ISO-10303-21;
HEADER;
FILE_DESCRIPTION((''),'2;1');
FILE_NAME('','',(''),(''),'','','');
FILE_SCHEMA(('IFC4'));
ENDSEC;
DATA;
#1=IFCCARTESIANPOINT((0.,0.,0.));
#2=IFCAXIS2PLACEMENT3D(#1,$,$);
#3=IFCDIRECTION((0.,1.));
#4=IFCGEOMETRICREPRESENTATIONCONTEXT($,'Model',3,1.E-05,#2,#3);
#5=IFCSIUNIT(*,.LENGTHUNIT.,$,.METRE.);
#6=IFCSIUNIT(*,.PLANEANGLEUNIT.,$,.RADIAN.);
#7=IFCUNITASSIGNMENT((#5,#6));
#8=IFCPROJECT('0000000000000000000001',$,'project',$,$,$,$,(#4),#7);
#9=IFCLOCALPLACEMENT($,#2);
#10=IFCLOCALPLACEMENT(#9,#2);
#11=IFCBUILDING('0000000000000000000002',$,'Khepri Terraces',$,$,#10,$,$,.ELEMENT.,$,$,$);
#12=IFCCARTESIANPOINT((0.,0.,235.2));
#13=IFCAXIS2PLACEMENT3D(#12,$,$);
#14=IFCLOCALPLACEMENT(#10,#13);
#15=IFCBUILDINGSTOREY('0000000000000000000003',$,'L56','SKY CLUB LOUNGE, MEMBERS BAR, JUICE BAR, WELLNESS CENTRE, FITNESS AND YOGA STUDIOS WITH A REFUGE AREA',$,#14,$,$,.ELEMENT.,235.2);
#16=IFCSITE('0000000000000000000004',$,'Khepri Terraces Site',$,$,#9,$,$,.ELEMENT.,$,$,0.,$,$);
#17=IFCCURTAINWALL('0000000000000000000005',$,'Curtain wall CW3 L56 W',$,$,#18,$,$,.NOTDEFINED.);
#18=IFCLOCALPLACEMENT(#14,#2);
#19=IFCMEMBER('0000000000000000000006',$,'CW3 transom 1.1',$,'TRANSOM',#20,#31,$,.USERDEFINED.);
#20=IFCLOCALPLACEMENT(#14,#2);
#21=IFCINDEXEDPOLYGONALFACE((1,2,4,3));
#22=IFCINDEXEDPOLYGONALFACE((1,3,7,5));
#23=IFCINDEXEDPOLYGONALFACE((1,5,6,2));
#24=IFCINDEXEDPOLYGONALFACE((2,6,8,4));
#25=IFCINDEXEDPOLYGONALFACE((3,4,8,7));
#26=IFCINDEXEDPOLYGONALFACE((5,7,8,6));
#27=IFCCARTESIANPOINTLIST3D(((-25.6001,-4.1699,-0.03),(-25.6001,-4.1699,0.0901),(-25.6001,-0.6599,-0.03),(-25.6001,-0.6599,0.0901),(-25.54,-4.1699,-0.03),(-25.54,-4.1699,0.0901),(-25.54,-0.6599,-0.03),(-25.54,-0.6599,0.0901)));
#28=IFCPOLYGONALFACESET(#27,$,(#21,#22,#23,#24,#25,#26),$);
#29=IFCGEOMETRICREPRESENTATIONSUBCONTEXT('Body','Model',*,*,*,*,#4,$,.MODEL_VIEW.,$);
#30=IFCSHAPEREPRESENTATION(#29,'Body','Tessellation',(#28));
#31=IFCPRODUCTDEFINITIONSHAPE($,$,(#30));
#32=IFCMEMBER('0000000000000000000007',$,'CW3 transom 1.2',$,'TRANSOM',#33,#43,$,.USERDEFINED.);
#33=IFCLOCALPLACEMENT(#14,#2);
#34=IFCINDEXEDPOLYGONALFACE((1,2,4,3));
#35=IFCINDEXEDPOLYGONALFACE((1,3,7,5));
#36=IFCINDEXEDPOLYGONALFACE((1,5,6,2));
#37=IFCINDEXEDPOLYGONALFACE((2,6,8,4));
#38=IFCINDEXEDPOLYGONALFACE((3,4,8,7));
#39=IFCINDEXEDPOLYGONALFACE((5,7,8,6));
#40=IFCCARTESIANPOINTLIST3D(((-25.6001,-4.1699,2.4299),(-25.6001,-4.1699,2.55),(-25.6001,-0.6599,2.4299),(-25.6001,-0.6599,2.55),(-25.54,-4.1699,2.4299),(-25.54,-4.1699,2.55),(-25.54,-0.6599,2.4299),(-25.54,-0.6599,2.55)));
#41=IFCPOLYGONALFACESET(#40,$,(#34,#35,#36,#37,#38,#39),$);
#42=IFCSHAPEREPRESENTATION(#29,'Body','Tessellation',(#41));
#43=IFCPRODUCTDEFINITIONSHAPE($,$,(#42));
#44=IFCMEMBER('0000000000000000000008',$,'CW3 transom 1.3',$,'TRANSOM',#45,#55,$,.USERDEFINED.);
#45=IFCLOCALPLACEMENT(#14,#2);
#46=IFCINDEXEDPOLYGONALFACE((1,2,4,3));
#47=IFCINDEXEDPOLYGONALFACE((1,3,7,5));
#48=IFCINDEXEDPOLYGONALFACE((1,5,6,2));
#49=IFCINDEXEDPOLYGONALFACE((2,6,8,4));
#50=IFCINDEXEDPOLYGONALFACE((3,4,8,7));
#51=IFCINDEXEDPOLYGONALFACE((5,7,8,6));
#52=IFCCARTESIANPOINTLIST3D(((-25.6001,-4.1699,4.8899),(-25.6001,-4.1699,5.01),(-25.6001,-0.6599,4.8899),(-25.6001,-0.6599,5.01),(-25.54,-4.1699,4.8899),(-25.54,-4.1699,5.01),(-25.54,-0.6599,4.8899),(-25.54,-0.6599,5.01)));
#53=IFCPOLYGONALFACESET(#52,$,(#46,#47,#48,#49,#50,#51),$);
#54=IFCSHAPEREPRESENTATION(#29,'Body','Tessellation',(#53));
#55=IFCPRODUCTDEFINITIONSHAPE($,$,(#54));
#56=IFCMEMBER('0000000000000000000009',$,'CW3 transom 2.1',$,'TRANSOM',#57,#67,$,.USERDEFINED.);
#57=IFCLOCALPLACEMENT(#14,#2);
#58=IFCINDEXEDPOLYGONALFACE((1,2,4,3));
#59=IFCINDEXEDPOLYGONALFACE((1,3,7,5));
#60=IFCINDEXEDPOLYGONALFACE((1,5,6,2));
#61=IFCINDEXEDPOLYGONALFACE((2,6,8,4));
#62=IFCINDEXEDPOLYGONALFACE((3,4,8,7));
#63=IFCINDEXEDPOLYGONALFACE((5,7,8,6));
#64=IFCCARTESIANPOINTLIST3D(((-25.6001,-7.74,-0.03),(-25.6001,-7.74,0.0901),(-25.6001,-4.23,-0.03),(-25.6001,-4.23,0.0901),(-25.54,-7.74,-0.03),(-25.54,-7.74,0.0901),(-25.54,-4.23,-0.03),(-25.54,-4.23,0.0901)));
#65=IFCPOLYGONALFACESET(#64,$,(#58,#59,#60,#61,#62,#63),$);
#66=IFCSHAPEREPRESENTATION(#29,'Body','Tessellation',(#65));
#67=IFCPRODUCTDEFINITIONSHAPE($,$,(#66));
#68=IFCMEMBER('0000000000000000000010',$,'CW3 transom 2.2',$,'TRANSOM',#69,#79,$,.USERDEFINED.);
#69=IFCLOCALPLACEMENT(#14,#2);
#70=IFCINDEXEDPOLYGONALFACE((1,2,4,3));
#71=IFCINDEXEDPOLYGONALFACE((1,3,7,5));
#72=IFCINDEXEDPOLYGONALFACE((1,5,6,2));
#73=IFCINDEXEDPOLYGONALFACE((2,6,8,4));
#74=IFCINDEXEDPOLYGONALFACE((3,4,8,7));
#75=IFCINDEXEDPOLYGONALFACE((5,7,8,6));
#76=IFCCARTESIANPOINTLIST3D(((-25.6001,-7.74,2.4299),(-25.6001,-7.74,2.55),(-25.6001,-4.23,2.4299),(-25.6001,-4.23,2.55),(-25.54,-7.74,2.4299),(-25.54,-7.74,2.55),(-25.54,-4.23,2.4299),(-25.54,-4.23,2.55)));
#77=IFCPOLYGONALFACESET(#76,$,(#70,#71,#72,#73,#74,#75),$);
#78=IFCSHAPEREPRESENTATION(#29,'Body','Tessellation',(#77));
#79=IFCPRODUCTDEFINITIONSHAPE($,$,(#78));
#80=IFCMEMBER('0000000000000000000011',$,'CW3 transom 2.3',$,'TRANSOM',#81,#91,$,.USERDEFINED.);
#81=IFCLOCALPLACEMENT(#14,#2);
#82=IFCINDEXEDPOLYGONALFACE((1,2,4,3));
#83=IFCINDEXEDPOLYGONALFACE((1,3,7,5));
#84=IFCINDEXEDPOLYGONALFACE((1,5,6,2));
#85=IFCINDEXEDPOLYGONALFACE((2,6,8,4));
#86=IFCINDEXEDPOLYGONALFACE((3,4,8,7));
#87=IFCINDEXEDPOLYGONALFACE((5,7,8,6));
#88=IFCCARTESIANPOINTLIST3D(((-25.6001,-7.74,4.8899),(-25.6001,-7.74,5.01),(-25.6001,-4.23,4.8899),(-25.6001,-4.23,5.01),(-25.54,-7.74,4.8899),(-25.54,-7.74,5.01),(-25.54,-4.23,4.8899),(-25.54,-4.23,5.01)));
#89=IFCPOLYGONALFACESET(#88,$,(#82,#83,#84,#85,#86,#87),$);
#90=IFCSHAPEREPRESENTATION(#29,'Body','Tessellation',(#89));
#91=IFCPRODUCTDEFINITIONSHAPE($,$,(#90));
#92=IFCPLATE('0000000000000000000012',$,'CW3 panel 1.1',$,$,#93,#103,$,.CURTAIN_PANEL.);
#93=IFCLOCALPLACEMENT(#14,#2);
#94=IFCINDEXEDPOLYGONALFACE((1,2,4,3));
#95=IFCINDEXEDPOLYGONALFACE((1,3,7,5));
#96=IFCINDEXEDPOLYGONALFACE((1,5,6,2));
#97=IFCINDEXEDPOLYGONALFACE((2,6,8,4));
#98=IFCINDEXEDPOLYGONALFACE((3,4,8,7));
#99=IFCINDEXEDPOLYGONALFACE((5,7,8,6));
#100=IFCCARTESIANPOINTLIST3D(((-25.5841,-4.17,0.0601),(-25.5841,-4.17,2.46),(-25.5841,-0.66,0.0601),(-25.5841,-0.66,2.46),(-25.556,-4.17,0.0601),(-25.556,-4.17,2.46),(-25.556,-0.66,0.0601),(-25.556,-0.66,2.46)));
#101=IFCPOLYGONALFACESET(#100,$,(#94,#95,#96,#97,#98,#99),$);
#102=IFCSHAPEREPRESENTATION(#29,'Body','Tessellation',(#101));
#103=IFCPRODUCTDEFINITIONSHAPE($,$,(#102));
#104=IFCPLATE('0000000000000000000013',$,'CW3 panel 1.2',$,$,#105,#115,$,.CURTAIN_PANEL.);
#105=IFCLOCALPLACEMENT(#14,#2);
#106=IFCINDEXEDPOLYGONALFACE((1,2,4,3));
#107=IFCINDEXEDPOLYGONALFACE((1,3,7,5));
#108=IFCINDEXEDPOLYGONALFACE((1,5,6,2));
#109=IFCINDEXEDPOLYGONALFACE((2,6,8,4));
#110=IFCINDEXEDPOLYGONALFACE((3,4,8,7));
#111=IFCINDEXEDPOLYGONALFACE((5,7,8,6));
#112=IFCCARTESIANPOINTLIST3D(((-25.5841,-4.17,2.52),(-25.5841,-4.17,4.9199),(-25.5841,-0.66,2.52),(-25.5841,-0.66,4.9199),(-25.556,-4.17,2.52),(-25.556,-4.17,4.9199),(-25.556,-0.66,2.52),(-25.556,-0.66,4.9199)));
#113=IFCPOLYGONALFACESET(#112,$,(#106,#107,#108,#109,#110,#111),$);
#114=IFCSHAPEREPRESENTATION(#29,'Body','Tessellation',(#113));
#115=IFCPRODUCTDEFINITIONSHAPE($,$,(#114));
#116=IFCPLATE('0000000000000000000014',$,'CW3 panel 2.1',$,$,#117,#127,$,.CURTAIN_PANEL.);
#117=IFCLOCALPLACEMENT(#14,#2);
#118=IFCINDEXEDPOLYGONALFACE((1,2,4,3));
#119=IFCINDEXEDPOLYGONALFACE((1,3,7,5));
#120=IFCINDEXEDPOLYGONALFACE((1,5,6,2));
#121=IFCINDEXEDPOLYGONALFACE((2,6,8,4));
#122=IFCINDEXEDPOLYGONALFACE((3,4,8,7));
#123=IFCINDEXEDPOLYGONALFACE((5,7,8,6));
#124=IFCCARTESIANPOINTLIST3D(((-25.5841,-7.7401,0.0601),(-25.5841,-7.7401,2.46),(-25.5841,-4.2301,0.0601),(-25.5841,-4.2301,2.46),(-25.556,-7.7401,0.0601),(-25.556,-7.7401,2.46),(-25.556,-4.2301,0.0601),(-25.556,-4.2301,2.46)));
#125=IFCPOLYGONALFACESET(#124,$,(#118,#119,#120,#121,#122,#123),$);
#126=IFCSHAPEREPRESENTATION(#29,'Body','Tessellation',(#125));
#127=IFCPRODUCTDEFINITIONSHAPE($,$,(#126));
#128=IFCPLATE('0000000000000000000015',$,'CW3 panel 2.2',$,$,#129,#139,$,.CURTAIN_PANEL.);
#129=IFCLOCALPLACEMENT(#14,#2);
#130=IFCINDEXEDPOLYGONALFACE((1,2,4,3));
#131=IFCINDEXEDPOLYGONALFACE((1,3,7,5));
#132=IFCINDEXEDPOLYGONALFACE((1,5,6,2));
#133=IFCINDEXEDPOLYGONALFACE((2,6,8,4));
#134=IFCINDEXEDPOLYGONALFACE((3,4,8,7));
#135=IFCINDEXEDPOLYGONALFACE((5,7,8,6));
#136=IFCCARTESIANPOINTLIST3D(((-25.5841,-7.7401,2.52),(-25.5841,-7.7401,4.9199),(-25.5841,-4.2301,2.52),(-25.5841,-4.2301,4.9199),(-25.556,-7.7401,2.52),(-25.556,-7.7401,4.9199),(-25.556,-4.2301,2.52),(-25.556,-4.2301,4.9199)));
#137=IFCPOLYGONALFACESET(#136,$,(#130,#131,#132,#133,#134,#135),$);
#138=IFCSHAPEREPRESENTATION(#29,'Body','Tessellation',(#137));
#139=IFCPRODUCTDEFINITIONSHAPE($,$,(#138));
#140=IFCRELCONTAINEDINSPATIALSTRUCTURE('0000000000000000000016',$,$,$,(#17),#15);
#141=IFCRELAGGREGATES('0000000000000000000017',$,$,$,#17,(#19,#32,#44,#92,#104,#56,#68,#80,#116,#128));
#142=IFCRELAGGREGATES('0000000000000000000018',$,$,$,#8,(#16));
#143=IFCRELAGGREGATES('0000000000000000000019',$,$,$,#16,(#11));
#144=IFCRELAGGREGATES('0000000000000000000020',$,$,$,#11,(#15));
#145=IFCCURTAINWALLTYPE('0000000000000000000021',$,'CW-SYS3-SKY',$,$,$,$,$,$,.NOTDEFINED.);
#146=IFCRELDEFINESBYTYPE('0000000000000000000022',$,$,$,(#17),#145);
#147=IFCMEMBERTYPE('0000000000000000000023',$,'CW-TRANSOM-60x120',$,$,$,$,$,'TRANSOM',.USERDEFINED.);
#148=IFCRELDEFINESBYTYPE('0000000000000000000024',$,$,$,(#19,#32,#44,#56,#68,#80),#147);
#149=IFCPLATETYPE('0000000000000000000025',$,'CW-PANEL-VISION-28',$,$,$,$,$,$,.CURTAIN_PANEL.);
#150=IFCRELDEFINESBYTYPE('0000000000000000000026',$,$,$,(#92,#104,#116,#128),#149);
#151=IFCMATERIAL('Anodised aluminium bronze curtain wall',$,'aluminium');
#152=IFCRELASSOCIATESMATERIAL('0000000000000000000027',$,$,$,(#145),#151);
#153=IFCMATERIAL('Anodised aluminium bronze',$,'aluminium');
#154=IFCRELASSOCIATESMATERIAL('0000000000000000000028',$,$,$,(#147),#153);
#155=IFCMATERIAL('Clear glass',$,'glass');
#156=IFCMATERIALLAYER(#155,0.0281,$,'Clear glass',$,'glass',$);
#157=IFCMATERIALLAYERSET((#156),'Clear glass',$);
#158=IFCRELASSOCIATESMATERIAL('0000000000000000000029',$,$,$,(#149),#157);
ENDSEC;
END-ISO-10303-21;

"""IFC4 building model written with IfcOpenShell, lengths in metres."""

from ifc_helpers import new_model, si_unit, direction, frame, origin, origin_2d, place, context, subcontext, project, spatial, rectangle, extrude, material, layer, layer_set, material_profile, profile_set, type_object, element, aggregate, save


model = new_model("IFC4")

# Units and contexts
model_context = context("Model", 3, precision=1e-05, world=origin(), true_north=direction((0.0, 1.0)))
body_context = subcontext(model_context, "Body", "Model", "MODEL_VIEW")
ifc_project = project(units=[si_unit("LENGTHUNIT", "METRE"), si_unit("PLANEANGLEUNIT", "RADIAN")], contexts=[model_context])

# Site, building, storey
site_placement = place(None, origin())
site = spatial("IfcSite", under=ifc_project, at=site_placement, Name="Khepri Terraces Site", CompositionType="ELEMENT", RefElevation=0.0)
building_placement = place(site_placement, origin())
building = spatial("IfcBuilding", under=site, at=building_placement, Name="Khepri Terraces", CompositionType="ELEMENT")
storey_placement = place(building_placement, frame((0.0, 0.0, 235.2)))
storey = spatial("IfcBuildingStorey", under=building, at=storey_placement, Name="L56", Description="SKY CLUB LOUNGE, MEMBERS BAR, JUICE BAR, WELLNESS CENTRE, FITNESS AND YOGA STUDIOS WITH A REFUGE AREA", CompositionType="ELEMENT", Elevation=235.2)

# Curtain wall, members, plates
ifc_material_1 = material(Name="Anodised aluminium bronze curtain wall", Category="aluminium")
curtain_wall_type = type_object("IfcCurtainWallType", Name="CW-SYS3-SKY", PredefinedType="NOTDEFINED", material=ifc_material_1)
curtain_wall_placement = place(storey_placement, origin())
curtain_wall = element("IfcCurtainWall", 1, at=curtain_wall_placement, inside=storey, type_object=curtain_wall_type, Name="Curtain wall CW3 L56 W", PredefinedType="NOTDEFINED")
ifc_material_2 = material(Name="Anodised aluminium bronze", Category="aluminium")
ifc_material_profile_1 = material_profile(ifc_material_2, rectangle(XDim=0.0601, YDim=0.1201, at=origin_2d()), Name="Anodised aluminium bronze", Category="aluminium")
ifc_profile_set_1 = profile_set([ifc_material_profile_1], Name="Anodised aluminium bronze")
member_type_1 = type_object("IfcMemberType", Name="CW-TRANSOM-60x120", ElementType="TRANSOM", PredefinedType="USERDEFINED", material=ifc_profile_set_1)
member_1_placement = place(storey_placement, frame((-25.5701, -0.6599, 0.03), z_axis=(0.0, -1.0, 0.0), x_axis=(1.0, 0.0, 0.0)))
member_1 = element("IfcMember", 2, at=member_1_placement, type_object=member_type_1, Name="CW3 transom 1.1", ObjectType="TRANSOM", PredefinedType="USERDEFINED", context=body_context, shape_type="SweptSolid", body=[
    extrude(rectangle(XDim=0.0601, YDim=0.1201, at=origin_2d()), origin(), (0.0, 0.0, 1.0), 3.51),
])
member_2_placement = place(storey_placement, frame((-25.5701, -0.6599, 2.49), z_axis=(0.0, -1.0, 0.0), x_axis=(1.0, 0.0, 0.0)))
member_2 = element("IfcMember", 3, at=member_2_placement, type_object=member_type_1, Name="CW3 transom 1.2", ObjectType="TRANSOM", PredefinedType="USERDEFINED", context=body_context, shape_type="SweptSolid", body=[
    extrude(rectangle(XDim=0.0601, YDim=0.1201, at=origin_2d()), origin(), (0.0, 0.0, 1.0), 3.51),
])
member_3_placement = place(storey_placement, frame((-25.5701, -0.6599, 4.95), z_axis=(0.0, -1.0, 0.0), x_axis=(1.0, 0.0, 0.0)))
member_3 = element("IfcMember", 4, at=member_3_placement, type_object=member_type_1, Name="CW3 transom 1.3", ObjectType="TRANSOM", PredefinedType="USERDEFINED", context=body_context, shape_type="SweptSolid", body=[
    extrude(rectangle(XDim=0.0601, YDim=0.1201, at=origin_2d()), origin(), (0.0, 0.0, 1.0), 3.51),
])
member_4_placement = place(storey_placement, frame((-25.5701, -4.23, 0.03), z_axis=(0.0, -1.0, 0.0), x_axis=(1.0, 0.0, 0.0)))
member_4 = element("IfcMember", 5, at=member_4_placement, type_object=member_type_1, Name="CW3 transom 2.1", ObjectType="TRANSOM", PredefinedType="USERDEFINED", context=body_context, shape_type="SweptSolid", body=[
    extrude(rectangle(XDim=0.0601, YDim=0.1201, at=origin_2d()), origin(), (0.0, 0.0, 1.0), 3.51),
])
member_5_placement = place(storey_placement, frame((-25.5701, -4.23, 2.49), z_axis=(0.0, -1.0, 0.0), x_axis=(1.0, 0.0, 0.0)))
member_5 = element("IfcMember", 6, at=member_5_placement, type_object=member_type_1, Name="CW3 transom 2.2", ObjectType="TRANSOM", PredefinedType="USERDEFINED", context=body_context, shape_type="SweptSolid", body=[
    extrude(rectangle(XDim=0.0601, YDim=0.1201, at=origin_2d()), origin(), (0.0, 0.0, 1.0), 3.51),
])
member_6_placement = place(storey_placement, frame((-25.5701, -4.23, 4.95), z_axis=(0.0, -1.0, 0.0), x_axis=(1.0, 0.0, 0.0)))
member_6 = element("IfcMember", 7, at=member_6_placement, type_object=member_type_1, Name="CW3 transom 2.3", ObjectType="TRANSOM", PredefinedType="USERDEFINED", context=body_context, shape_type="SweptSolid", body=[
    extrude(rectangle(XDim=0.0601, YDim=0.1201, at=origin_2d()), origin(), (0.0, 0.0, 1.0), 3.51),
])
ifc_material_3 = material(Name="Clear glass", Category="glass")
ifc_layer = layer(ifc_material_3, 0.0281, Name="Clear glass", Category="glass")
ifc_layer_set = layer_set([ifc_layer], Name="Clear glass")
plate_type = type_object("IfcPlateType", Name="CW-PANEL-VISION-28", PredefinedType="CURTAIN_PANEL", material=ifc_layer_set)
plate_1_placement = place(storey_placement, frame((-25.5701, -2.415, 0.0601), z_axis=(0.0, 0.0, 1.0), x_axis=(0.0, -1.0, 0.0)))
plate_1 = element("IfcPlate", 8, at=plate_1_placement, type_object=plate_type, Name="CW3 panel 1.1", PredefinedType="CURTAIN_PANEL", context=body_context, shape_type="SweptSolid", body=[
    extrude(rectangle(XDim=3.51, YDim=0.0281, at=origin_2d()), origin(), (0.0, 0.0, 1.0), 2.3999),
])
plate_2_placement = place(storey_placement, frame((-25.5701, -2.415, 2.52), z_axis=(0.0, 0.0, 1.0), x_axis=(0.0, -1.0, 0.0)))
plate_2 = element("IfcPlate", 9, at=plate_2_placement, type_object=plate_type, Name="CW3 panel 1.2", PredefinedType="CURTAIN_PANEL", context=body_context, shape_type="SweptSolid", body=[
    extrude(rectangle(XDim=3.51, YDim=0.0281, at=origin_2d()), origin(), (0.0, 0.0, 1.0), 2.3999),
])
plate_3_placement = place(storey_placement, frame((-25.5701, -5.9851, 0.0601), z_axis=(0.0, 0.0, 1.0), x_axis=(0.0, -1.0, 0.0)))
plate_3 = element("IfcPlate", 10, at=plate_3_placement, type_object=plate_type, Name="CW3 panel 2.1", PredefinedType="CURTAIN_PANEL", context=body_context, shape_type="SweptSolid", body=[
    extrude(rectangle(XDim=3.51, YDim=0.0281, at=origin_2d()), origin(), (0.0, 0.0, 1.0), 2.3999),
])
plate_4_placement = place(storey_placement, frame((-25.5701, -5.9851, 2.52), z_axis=(0.0, 0.0, 1.0), x_axis=(0.0, -1.0, 0.0)))
plate_4 = element("IfcPlate", 11, at=plate_4_placement, type_object=plate_type, Name="CW3 panel 2.2", PredefinedType="CURTAIN_PANEL", context=body_context, shape_type="SweptSolid", body=[
    extrude(rectangle(XDim=3.51, YDim=0.0281, at=origin_2d()), origin(), (0.0, 0.0, 1.0), 2.3999),
])
aggregate(curtain_wall, [member_1, member_2, member_3, plate_1, plate_2, member_4, member_5, member_6, plate_3, plate_4])

save(model, "model.ifc")
